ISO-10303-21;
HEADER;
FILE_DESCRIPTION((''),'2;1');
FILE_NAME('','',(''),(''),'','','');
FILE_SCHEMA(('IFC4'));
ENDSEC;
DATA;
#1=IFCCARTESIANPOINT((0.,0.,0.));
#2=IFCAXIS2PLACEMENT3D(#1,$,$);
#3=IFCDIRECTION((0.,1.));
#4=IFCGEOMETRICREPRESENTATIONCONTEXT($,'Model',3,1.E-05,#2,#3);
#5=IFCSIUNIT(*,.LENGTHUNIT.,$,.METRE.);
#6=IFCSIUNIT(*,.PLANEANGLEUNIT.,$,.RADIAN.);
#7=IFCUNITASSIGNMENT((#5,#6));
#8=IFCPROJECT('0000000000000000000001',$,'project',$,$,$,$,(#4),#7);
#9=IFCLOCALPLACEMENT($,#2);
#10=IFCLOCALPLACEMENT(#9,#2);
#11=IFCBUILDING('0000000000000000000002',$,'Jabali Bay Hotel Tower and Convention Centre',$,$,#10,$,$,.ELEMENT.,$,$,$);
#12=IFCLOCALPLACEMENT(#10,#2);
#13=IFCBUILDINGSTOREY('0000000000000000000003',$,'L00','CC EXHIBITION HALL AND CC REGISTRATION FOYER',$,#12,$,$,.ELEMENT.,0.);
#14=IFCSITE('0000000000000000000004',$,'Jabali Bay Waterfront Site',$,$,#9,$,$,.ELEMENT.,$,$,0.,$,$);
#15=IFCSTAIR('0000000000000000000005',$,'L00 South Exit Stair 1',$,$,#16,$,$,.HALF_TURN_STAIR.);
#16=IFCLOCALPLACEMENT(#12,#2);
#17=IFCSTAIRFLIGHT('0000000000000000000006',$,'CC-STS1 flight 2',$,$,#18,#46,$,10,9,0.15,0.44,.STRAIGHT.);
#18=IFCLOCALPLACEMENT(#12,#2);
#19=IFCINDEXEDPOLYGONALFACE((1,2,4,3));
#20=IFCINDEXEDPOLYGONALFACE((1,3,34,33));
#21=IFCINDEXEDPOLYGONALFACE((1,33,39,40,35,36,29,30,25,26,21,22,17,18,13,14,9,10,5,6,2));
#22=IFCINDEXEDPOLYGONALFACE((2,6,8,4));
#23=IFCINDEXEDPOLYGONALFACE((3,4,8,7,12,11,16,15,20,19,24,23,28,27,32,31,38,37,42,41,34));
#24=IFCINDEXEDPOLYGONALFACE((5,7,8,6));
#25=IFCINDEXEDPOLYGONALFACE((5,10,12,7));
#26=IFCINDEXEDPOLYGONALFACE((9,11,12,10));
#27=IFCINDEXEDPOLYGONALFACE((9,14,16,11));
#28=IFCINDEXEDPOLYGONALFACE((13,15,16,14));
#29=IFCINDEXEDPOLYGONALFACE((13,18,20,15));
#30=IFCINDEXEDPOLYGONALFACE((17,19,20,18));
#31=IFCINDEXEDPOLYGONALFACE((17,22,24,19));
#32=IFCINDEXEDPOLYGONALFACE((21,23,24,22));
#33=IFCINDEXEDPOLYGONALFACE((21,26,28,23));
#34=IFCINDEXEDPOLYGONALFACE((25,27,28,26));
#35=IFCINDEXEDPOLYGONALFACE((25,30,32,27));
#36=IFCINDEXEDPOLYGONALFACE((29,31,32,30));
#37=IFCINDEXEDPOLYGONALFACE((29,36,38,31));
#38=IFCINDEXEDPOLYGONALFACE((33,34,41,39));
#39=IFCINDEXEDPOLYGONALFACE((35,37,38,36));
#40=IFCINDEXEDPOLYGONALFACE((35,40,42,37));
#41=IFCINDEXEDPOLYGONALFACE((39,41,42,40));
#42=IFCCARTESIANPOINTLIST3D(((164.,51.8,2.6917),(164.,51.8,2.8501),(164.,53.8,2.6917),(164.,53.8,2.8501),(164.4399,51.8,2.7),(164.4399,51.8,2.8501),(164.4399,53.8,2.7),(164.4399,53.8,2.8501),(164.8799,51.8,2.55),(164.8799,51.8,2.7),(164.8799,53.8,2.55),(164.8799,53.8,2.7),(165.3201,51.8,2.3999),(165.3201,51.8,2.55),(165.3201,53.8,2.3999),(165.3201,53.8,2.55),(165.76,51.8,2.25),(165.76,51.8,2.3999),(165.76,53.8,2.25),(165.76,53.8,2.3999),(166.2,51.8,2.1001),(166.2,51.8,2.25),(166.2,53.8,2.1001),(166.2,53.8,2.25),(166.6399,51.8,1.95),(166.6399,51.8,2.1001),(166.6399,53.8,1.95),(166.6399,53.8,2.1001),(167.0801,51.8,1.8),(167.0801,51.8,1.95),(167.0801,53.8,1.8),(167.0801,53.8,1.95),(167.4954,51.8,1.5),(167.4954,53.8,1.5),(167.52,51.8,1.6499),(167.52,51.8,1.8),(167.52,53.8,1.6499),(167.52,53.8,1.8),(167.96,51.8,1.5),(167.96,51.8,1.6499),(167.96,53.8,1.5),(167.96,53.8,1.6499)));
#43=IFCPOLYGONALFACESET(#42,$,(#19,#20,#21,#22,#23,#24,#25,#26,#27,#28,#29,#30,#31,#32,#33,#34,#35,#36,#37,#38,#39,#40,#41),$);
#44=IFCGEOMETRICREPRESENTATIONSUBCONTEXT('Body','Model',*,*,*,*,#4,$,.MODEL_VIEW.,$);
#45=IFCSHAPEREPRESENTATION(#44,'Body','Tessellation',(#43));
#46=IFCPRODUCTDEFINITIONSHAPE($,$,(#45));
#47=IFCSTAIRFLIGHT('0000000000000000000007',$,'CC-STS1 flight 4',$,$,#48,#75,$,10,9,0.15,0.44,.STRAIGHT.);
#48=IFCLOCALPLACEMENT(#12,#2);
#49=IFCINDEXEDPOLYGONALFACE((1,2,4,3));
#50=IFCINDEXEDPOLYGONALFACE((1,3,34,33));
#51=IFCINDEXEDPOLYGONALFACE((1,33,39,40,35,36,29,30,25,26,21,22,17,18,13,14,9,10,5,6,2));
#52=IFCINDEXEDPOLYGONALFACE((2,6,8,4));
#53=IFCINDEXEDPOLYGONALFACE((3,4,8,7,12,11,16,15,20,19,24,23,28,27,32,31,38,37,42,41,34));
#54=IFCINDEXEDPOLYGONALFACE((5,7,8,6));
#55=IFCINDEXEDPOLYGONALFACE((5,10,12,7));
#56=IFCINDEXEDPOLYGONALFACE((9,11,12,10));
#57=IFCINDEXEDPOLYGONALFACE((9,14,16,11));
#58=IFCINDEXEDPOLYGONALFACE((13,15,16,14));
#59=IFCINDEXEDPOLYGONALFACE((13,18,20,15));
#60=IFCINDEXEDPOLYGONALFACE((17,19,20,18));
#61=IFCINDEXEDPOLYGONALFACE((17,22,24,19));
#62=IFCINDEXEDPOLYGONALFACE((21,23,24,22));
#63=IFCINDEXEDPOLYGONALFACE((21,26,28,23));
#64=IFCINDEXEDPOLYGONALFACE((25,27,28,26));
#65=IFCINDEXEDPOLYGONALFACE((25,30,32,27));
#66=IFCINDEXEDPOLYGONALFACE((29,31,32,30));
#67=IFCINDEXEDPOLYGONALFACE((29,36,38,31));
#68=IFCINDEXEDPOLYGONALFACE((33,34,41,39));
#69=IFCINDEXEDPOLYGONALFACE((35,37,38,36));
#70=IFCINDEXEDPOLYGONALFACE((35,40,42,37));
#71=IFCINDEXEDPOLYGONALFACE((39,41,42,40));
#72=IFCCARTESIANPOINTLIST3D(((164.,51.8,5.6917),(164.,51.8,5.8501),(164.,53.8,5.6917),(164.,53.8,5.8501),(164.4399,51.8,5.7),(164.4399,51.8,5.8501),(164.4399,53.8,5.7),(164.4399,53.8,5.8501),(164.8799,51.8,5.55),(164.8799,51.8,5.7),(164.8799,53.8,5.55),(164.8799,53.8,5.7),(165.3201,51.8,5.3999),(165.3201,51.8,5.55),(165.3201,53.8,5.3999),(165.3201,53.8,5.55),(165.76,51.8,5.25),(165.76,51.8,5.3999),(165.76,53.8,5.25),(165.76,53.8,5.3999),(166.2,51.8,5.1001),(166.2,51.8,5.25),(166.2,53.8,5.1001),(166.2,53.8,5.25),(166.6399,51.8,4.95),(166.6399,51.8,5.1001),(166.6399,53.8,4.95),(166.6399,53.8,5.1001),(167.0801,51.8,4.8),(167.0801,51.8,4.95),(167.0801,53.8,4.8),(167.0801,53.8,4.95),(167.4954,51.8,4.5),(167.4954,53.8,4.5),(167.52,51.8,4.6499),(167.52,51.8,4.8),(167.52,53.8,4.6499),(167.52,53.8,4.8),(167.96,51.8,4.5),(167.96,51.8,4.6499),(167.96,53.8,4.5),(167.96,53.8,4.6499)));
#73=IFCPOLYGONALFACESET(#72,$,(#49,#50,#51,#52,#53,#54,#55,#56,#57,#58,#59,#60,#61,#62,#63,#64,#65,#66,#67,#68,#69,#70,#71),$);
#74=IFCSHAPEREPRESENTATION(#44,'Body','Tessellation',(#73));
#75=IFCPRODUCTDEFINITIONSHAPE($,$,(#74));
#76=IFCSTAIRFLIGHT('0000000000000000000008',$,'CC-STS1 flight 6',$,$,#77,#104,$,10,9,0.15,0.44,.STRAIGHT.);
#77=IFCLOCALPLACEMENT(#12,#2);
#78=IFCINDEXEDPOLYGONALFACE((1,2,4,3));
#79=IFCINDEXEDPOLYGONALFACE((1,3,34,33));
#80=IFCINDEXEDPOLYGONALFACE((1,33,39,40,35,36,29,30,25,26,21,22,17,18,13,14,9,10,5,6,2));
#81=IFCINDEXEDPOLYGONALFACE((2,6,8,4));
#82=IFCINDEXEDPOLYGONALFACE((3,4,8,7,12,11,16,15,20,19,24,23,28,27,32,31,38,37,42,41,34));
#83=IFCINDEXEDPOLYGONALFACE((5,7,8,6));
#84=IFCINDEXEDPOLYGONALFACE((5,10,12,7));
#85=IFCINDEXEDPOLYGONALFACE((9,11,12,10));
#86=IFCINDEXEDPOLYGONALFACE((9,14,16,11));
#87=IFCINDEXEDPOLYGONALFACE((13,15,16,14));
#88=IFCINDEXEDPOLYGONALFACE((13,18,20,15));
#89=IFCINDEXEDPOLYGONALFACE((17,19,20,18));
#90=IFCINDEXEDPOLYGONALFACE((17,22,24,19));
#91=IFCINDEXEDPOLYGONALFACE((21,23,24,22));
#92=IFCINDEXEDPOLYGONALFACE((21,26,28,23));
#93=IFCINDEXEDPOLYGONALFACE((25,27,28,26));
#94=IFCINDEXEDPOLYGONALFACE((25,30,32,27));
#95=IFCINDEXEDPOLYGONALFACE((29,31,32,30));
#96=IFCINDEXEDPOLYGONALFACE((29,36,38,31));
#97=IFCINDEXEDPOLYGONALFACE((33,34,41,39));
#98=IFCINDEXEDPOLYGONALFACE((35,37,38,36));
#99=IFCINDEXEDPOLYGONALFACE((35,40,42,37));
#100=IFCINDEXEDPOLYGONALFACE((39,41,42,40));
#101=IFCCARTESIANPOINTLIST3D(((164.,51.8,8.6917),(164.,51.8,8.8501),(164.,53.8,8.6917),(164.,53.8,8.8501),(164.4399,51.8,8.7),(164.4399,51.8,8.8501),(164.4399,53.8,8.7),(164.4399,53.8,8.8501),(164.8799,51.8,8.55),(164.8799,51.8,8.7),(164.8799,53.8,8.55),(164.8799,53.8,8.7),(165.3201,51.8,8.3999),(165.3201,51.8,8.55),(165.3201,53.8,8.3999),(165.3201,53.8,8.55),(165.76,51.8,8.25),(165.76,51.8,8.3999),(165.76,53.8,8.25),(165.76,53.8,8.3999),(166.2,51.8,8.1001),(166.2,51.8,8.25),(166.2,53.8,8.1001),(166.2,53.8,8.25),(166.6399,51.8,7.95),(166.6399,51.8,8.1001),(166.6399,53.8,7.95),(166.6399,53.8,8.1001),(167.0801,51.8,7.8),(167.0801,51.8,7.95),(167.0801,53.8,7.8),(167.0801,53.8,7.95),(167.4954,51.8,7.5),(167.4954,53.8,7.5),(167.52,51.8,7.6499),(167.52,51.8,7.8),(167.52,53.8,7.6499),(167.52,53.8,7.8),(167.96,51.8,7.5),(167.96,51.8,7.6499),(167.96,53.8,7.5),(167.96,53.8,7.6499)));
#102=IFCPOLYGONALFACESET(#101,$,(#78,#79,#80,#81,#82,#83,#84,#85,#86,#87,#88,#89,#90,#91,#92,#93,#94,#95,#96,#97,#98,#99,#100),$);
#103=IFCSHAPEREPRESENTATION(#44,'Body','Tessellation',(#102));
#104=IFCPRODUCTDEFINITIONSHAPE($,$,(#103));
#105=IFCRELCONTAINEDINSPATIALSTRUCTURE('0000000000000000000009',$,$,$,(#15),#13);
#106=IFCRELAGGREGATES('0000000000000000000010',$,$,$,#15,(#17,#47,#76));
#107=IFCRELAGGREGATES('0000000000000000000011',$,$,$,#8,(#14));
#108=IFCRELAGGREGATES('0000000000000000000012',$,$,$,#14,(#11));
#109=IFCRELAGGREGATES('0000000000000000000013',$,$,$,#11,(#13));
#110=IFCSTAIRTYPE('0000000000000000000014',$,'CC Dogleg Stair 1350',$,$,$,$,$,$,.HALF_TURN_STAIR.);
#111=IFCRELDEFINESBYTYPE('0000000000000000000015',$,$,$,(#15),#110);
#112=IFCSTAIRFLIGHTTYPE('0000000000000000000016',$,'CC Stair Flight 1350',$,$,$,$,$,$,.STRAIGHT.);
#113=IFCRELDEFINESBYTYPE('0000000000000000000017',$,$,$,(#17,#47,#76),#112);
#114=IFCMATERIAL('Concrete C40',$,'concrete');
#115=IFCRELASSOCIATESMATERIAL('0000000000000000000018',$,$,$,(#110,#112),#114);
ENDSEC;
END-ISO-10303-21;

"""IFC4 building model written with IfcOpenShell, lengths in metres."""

from ifc_helpers import new_model, si_unit, direction, frame, origin, place, context, subcontext, project, spatial, polyline, outline, extrude, material, type_object, element, aggregate, save


model = new_model("IFC4")

# Units and contexts
model_context = context("Model", 3, precision=1e-05, world=origin(), true_north=direction((0.0, 1.0)))
body_context = subcontext(model_context, "Body", "Model", "MODEL_VIEW")
ifc_project = project(units=[si_unit("LENGTHUNIT", "METRE"), si_unit("PLANEANGLEUNIT", "RADIAN")], contexts=[model_context])

# Site, building, storey
site_placement = place(None, origin())
site = spatial("IfcSite", under=ifc_project, at=site_placement, Name="Jabali Bay Waterfront Site", CompositionType="ELEMENT", RefElevation=0.0)
building_placement = place(site_placement, origin())
building = spatial("IfcBuilding", under=site, at=building_placement, Name="Jabali Bay Hotel Tower and Convention Centre", CompositionType="ELEMENT")
storey_placement = place(building_placement, origin())
storey = spatial("IfcBuildingStorey", under=building, at=storey_placement, Name="L00", Description="CC EXHIBITION HALL AND CC REGISTRATION FOYER", CompositionType="ELEMENT", Elevation=0.0)

# Stair, stair flights
ifc_material_1 = material(Name="Concrete C40", Category="concrete")
stair_type = type_object("IfcStairType", Name="CC Dogleg Stair 1350", PredefinedType="HALF_TURN_STAIR", material=ifc_material_1)
stair_placement = place(storey_placement, origin())
stair = element("IfcStair", 1, at=stair_placement, inside=storey, type_object=stair_type, Name="L00 South Exit Stair 1", PredefinedType="HALF_TURN_STAIR")
stair_flight_type = type_object("IfcStairFlightType", Name="CC Stair Flight 1350", PredefinedType="STRAIGHT", material=ifc_material_1)
stair_flight_1_placement = place(storey_placement, frame((167.96, 52.8, 1.5), z_axis=(0.0, 0.0, 1.0), x_axis=(-1.0, 0.0, 0.0)))
stair_flight_1 = element("IfcStairFlight", 2, at=stair_flight_1_placement, type_object=stair_flight_type, Name="CC-STS1 flight 2", NumberOfRisers=10, NumberOfTreads=9, PredefinedType="STRAIGHT", RiserHeight=0.15, TreadLength=0.44, context=body_context, shape_type="SweptSolid", body=[
    extrude(outline(polyline([(0.0, 0.0), (0.0, 0.1499), (0.4399, 0.1499), (0.4399, 0.3), (0.8799, 0.3), (0.8799, 0.45), (1.3201, 0.45), (1.3201, 0.6001), (1.76, 0.6001), (1.76, 0.75), (2.2, 0.75), (2.2, 0.8999), (2.6399, 0.8999), (2.6399, 1.05), (3.0801, 1.05), (3.0801, 1.2), (3.52, 1.2), (3.52, 1.3501), (3.96, 1.3501), (3.96, 1.5), (3.96, 1.1917), (0.4646, 0.0), (0.0, 0.0)])), frame((0.0, 1.0, 0.0), z_axis=(0.0, -1.0, 0.0), x_axis=(1.0, 0.0, 0.0)), (0.0, 0.0, 1.0), 2.0),
])
stair_flight_2_placement = place(storey_placement, frame((167.96, 52.8, 4.5), z_axis=(0.0, 0.0, 1.0), x_axis=(-1.0, 0.0, 0.0)))
stair_flight_2 = element("IfcStairFlight", 3, at=stair_flight_2_placement, type_object=stair_flight_type, Name="CC-STS1 flight 4", NumberOfRisers=10, NumberOfTreads=9, PredefinedType="STRAIGHT", RiserHeight=0.15, TreadLength=0.44, context=body_context, shape_type="SweptSolid", body=[
    extrude(outline(polyline([(0.0, 0.0), (0.0, 0.1499), (0.4399, 0.1499), (0.4399, 0.3), (0.8799, 0.3), (0.8799, 0.45), (1.3201, 0.45), (1.3201, 0.6001), (1.76, 0.6001), (1.76, 0.75), (2.2, 0.75), (2.2, 0.8999), (2.6399, 0.8999), (2.6399, 1.05), (3.0801, 1.05), (3.0801, 1.2), (3.52, 1.2), (3.52, 1.3501), (3.96, 1.3501), (3.96, 1.5), (3.96, 1.1917), (0.4646, 0.0), (0.0, 0.0)])), frame((0.0, 1.0, 0.0), z_axis=(0.0, -1.0, 0.0), x_axis=(1.0, 0.0, 0.0)), (0.0, 0.0, 1.0), 2.0),
])
stair_flight_3_placement = place(storey_placement, frame((167.96, 52.8, 7.5), z_axis=(0.0, 0.0, 1.0), x_axis=(-1.0, 0.0, 0.0)))
stair_flight_3 = element("IfcStairFlight", 4, at=stair_flight_3_placement, type_object=stair_flight_type, Name="CC-STS1 flight 6", NumberOfRisers=10, NumberOfTreads=9, PredefinedType="STRAIGHT", RiserHeight=0.15, TreadLength=0.44, context=body_context, shape_type="SweptSolid", body=[
    extrude(outline(polyline([(0.0, 0.0), (0.0, 0.1499), (0.4399, 0.1499), (0.4399, 0.3), (0.8799, 0.3), (0.8799, 0.45), (1.3201, 0.45), (1.3201, 0.6001), (1.76, 0.6001), (1.76, 0.75), (2.2, 0.75), (2.2, 0.8999), (2.6399, 0.8999), (2.6399, 1.05), (3.0801, 1.05), (3.0801, 1.2), (3.52, 1.2), (3.52, 1.3501), (3.96, 1.3501), (3.96, 1.5), (3.96, 1.1917), (0.4646, 0.0), (0.0, 0.0)])), frame((0.0, 1.0, 0.0), z_axis=(0.0, -1.0, 0.0), x_axis=(1.0, 0.0, 0.0)), (0.0, 0.0, 1.0), 2.0),
])
aggregate(stair, [stair_flight_1, stair_flight_2, stair_flight_3])

save(model, "model.ifc")
